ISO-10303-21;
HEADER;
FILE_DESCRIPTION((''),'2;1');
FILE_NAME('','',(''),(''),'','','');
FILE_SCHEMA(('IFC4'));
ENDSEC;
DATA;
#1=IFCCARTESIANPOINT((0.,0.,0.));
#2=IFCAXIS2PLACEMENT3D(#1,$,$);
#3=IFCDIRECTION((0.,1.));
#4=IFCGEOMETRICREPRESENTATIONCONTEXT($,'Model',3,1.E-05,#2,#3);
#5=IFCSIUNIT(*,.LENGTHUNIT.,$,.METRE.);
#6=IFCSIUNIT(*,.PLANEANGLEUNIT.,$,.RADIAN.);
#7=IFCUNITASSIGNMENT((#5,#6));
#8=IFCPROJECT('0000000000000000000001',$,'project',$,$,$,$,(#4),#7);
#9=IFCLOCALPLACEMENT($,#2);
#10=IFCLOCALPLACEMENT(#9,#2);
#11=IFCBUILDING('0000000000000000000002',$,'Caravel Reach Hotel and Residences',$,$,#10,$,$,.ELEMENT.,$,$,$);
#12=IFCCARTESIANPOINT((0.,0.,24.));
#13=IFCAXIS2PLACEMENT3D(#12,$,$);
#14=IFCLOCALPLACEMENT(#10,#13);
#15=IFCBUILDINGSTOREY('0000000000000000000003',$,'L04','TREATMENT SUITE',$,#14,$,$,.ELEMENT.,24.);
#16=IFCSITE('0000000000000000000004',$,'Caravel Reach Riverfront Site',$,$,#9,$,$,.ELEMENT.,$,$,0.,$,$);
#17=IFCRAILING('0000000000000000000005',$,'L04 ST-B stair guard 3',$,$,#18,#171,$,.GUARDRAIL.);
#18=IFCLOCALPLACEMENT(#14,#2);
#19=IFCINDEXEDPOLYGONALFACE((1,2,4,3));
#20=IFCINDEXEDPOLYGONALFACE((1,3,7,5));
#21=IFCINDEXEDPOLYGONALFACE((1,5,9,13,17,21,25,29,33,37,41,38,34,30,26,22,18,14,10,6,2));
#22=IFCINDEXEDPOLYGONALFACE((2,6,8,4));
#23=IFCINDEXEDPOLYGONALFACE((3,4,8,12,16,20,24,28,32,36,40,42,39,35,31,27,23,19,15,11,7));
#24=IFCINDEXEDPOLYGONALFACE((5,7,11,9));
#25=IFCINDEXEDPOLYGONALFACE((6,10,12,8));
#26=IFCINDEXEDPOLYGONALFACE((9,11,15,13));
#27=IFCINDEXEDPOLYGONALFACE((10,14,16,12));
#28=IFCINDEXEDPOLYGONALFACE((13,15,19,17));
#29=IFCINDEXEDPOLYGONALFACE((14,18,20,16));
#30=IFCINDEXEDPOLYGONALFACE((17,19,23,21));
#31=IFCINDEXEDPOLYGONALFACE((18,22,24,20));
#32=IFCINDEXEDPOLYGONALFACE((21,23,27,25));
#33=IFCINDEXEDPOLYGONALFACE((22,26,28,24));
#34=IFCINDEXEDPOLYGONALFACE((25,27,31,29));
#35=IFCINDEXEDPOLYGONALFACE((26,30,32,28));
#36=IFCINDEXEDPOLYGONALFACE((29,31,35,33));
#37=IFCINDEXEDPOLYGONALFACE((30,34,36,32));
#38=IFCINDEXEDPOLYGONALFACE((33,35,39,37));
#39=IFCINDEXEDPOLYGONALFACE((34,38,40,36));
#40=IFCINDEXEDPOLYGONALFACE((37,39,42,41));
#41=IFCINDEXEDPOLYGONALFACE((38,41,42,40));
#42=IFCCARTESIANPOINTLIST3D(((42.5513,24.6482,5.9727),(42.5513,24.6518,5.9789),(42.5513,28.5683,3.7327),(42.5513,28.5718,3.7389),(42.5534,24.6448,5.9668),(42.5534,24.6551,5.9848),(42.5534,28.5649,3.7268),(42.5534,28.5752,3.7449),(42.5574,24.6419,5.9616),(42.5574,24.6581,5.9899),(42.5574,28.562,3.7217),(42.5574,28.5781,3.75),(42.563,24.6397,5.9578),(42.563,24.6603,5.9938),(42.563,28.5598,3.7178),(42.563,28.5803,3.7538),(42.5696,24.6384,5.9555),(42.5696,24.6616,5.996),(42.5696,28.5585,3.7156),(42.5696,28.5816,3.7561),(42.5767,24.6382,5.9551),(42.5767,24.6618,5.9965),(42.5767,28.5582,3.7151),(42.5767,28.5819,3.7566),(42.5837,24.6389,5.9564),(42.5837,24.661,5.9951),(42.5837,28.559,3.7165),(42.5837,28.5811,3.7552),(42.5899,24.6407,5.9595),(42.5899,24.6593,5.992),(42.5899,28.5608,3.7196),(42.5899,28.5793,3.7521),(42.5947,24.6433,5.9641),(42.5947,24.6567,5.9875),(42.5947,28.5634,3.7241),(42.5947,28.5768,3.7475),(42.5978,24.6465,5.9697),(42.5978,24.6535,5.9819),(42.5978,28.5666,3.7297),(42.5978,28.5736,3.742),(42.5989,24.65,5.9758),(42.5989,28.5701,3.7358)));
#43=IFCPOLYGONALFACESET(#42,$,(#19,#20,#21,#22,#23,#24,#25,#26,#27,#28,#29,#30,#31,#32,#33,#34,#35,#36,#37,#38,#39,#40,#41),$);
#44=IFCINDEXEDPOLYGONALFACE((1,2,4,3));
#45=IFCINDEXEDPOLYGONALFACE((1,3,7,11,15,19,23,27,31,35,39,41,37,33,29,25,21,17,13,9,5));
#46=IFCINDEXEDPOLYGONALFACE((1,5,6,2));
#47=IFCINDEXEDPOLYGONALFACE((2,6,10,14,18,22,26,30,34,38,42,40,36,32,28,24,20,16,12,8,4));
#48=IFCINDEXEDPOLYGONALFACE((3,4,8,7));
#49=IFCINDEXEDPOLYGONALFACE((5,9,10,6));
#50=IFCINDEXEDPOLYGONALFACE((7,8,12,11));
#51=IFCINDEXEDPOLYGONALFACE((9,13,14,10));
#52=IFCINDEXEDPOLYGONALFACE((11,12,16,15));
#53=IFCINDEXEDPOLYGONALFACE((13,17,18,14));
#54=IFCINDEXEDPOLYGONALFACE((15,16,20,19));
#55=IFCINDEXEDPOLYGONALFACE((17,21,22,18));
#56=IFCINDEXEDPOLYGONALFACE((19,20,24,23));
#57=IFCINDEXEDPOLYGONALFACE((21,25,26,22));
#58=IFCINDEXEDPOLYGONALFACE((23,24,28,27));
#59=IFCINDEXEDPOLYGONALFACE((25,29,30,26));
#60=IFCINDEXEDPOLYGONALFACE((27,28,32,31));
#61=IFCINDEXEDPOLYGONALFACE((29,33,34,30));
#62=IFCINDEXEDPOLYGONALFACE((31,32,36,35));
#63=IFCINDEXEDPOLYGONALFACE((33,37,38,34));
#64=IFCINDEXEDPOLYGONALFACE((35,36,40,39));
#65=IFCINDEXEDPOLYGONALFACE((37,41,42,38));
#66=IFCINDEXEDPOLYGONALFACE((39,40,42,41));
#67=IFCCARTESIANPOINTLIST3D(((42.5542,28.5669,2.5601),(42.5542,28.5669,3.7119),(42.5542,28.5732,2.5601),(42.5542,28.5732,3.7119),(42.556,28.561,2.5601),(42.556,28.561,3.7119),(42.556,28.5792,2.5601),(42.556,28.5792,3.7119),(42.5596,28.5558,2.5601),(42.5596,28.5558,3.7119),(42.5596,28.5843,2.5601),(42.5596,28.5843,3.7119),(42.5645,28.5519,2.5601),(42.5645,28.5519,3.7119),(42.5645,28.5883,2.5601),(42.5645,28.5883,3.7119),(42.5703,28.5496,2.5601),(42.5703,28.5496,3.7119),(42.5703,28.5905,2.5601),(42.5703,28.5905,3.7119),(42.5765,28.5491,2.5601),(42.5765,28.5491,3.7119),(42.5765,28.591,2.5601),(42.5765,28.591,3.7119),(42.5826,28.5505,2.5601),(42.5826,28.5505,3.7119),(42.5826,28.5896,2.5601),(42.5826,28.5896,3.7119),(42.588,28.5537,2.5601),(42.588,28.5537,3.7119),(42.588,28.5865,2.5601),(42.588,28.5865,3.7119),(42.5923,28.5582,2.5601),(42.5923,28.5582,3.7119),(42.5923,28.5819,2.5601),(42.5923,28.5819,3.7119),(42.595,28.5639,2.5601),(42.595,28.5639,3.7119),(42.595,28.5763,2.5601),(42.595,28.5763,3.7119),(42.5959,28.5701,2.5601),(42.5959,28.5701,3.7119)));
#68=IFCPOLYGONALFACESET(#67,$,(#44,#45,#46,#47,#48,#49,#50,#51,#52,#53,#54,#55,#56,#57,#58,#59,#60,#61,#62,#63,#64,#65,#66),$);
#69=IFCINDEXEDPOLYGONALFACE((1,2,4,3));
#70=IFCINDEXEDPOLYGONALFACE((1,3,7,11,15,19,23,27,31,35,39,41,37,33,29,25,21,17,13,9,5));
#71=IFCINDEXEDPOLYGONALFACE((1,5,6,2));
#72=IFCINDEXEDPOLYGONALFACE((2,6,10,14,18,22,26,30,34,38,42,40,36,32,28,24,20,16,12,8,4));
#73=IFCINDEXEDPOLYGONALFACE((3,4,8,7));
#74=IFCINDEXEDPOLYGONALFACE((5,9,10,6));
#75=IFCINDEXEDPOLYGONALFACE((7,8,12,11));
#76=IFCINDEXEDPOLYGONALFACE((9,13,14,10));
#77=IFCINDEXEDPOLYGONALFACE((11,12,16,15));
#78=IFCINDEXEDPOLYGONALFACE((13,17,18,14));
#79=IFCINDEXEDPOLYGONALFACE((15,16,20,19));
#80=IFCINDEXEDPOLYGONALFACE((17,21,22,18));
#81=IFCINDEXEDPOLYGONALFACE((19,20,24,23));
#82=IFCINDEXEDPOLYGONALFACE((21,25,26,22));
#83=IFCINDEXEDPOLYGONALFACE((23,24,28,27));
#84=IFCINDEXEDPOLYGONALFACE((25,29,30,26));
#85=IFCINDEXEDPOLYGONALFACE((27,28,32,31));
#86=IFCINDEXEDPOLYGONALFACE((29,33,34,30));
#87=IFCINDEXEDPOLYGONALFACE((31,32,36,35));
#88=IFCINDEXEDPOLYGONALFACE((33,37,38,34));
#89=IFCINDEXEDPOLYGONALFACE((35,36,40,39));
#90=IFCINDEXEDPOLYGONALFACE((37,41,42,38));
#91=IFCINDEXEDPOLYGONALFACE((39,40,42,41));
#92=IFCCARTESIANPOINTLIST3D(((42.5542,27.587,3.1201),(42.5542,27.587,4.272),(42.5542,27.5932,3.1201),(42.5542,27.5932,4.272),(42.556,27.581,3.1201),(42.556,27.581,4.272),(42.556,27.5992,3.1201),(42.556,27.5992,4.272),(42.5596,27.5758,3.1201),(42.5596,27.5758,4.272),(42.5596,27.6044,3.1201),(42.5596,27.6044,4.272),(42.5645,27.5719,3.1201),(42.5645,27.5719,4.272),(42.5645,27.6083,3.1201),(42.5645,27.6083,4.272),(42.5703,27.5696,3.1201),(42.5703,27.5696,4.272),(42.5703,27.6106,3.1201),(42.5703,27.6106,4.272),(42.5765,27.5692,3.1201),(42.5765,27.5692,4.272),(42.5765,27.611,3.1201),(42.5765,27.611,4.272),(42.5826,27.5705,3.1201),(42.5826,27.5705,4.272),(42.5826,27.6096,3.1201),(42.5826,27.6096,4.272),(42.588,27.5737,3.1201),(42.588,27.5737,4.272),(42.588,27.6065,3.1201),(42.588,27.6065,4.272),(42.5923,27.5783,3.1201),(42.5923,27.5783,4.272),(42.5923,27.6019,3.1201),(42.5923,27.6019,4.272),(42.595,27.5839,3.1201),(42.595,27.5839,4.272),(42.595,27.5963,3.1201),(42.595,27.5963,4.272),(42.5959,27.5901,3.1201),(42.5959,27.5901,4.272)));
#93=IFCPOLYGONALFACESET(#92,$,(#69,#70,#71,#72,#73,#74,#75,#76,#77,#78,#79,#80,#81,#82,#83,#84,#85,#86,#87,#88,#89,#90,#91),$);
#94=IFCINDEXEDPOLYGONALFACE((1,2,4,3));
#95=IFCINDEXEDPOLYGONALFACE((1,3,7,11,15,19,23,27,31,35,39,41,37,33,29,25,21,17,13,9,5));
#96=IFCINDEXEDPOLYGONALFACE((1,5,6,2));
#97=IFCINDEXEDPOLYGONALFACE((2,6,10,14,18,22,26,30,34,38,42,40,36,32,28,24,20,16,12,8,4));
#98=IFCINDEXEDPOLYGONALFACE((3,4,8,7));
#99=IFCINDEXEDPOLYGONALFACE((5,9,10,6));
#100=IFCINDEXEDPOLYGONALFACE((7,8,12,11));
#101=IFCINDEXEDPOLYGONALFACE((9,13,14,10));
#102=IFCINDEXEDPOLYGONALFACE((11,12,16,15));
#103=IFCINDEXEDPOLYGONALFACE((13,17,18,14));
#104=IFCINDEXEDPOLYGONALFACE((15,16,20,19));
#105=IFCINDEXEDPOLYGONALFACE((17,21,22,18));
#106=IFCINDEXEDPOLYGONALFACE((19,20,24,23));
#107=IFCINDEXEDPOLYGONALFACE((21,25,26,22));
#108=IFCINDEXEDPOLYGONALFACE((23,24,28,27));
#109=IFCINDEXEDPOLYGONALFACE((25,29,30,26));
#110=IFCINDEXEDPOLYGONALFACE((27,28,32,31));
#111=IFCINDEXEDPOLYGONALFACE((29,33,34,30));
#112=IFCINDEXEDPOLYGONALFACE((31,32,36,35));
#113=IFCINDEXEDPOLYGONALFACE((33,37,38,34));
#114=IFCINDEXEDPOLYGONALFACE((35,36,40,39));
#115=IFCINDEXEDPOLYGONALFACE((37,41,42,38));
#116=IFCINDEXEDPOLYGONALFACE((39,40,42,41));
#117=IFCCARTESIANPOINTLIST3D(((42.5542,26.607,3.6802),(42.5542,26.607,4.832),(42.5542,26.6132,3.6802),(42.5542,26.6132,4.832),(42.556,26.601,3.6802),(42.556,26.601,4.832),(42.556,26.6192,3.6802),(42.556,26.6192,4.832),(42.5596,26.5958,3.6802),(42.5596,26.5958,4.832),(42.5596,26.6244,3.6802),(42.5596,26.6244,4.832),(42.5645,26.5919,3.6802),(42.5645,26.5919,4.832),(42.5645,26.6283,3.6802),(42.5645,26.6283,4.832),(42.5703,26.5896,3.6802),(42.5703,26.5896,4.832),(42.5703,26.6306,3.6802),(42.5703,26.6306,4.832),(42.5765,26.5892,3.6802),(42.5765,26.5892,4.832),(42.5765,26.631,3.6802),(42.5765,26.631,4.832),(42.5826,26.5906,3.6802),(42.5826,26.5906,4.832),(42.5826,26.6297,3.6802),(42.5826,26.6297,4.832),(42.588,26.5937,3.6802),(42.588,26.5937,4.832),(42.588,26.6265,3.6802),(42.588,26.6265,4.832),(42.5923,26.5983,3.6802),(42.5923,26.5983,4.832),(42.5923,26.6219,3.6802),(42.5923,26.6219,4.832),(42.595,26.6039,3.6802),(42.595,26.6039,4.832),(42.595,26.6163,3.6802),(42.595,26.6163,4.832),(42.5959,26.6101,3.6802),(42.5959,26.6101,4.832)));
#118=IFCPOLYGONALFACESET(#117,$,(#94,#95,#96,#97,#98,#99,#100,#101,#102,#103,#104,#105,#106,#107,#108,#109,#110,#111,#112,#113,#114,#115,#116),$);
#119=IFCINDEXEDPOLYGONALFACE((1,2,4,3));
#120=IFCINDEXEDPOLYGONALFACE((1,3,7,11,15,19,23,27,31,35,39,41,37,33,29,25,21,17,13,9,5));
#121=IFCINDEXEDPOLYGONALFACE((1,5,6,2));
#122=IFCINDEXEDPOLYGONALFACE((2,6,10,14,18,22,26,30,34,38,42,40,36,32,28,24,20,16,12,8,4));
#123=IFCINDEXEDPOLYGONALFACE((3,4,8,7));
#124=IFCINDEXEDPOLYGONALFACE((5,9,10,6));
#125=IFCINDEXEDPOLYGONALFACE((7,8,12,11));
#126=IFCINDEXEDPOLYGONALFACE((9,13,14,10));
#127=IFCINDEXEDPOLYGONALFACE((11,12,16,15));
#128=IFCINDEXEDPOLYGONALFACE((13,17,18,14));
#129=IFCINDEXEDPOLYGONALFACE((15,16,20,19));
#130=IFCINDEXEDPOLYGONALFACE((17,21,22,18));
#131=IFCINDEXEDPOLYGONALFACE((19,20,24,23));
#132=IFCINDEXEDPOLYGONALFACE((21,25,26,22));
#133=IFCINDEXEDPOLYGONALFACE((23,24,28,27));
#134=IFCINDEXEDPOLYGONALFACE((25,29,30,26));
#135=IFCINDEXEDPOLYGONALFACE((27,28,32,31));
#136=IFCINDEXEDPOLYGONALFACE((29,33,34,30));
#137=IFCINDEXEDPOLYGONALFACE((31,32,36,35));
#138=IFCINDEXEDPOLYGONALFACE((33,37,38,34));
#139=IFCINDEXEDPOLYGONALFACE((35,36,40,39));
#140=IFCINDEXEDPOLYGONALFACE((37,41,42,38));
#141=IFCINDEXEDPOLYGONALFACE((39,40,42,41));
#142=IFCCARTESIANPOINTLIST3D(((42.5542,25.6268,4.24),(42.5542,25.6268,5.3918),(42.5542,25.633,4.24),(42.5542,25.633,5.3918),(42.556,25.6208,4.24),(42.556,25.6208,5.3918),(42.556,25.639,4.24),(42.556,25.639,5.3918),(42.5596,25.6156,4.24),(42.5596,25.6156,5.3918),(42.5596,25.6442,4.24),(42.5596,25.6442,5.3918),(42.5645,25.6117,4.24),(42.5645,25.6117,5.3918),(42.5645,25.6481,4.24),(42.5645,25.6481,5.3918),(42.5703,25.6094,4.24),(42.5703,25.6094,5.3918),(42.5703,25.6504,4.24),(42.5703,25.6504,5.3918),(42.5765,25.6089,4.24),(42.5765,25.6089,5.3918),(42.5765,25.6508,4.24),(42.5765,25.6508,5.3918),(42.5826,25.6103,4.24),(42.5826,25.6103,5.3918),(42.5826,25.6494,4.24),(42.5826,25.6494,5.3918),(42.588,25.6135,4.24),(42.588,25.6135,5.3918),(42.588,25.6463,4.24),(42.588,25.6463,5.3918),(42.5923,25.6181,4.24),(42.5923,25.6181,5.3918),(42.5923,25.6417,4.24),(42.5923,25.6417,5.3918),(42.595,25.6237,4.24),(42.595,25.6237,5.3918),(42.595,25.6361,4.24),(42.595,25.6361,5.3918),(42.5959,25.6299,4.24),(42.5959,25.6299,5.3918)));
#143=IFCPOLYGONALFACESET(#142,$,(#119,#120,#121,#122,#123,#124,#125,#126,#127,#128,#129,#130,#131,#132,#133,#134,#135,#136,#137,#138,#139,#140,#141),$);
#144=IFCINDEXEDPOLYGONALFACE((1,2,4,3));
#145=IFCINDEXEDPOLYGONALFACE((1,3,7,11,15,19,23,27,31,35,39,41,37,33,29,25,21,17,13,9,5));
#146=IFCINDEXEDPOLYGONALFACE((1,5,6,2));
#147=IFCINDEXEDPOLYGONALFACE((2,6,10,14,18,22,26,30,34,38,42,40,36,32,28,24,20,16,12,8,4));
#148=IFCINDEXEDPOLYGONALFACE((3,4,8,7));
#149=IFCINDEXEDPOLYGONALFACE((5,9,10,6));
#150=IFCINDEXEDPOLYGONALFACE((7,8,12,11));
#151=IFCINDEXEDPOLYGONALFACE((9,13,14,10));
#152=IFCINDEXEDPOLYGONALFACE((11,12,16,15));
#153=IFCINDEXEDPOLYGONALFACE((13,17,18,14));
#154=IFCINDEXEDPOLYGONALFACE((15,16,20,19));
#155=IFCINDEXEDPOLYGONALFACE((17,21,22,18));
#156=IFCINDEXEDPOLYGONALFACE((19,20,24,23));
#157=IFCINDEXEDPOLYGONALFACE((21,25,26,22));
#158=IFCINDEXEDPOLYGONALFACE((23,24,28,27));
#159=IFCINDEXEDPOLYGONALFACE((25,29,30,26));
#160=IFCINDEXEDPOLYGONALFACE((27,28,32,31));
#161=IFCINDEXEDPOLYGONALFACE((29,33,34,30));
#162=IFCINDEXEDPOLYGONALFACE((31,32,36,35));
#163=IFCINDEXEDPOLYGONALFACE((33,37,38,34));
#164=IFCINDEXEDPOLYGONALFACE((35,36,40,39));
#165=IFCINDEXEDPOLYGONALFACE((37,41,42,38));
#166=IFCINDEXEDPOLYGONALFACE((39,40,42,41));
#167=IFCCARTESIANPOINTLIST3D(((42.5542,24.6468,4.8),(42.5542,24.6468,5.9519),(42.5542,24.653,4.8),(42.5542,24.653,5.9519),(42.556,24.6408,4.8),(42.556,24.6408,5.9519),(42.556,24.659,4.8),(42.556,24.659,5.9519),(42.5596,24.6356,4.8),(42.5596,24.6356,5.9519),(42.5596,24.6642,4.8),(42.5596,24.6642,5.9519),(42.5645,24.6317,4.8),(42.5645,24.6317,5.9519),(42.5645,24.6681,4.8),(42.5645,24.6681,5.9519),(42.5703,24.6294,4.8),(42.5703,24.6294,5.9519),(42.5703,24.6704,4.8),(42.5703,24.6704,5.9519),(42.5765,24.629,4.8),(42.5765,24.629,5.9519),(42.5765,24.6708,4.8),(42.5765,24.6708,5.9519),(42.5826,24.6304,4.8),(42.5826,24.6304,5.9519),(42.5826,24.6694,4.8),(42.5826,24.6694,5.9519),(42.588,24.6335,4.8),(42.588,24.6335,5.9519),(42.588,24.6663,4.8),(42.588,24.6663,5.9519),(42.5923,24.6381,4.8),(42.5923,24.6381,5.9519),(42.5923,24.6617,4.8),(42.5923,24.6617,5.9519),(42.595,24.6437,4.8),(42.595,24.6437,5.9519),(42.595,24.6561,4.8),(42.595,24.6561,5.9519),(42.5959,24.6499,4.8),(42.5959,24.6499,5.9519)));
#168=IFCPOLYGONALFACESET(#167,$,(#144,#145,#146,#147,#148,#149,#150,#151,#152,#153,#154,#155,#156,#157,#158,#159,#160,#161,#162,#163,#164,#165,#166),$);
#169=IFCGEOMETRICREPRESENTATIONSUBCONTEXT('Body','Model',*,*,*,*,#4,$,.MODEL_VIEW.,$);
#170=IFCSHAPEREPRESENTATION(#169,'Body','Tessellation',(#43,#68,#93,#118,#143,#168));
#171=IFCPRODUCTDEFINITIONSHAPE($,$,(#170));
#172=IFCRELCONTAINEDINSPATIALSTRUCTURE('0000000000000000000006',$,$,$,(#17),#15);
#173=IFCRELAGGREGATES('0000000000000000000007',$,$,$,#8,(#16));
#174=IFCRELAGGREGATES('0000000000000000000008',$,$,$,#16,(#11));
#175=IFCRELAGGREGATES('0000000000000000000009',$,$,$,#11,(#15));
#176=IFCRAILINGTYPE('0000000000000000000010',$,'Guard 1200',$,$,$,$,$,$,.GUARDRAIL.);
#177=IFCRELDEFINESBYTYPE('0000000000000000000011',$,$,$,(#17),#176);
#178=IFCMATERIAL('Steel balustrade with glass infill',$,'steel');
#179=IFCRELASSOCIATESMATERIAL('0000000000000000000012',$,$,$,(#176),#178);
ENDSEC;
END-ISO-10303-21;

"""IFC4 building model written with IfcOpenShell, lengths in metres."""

from ifc_helpers import new_model, si_unit, direction, frame, origin, origin_2d, place, context, subcontext, project, spatial, circle, extrude, material, type_object, element, save


model = new_model("IFC4")

# Units and contexts
model_context = context("Model", 3, precision=1e-05, world=origin(), true_north=direction((0.0, 1.0)))
body_context = subcontext(model_context, "Body", "Model", "MODEL_VIEW")
ifc_project = project(units=[si_unit("LENGTHUNIT", "METRE"), si_unit("PLANEANGLEUNIT", "RADIAN")], contexts=[model_context])

# Site, building, storey
site_placement = place(None, origin())
site = spatial("IfcSite", under=ifc_project, at=site_placement, Name="Caravel Reach Riverfront Site", CompositionType="ELEMENT", RefElevation=0.0)
building_placement = place(site_placement, origin())
building = spatial("IfcBuilding", under=site, at=building_placement, Name="Caravel Reach Hotel and Residences", CompositionType="ELEMENT")
storey_placement = place(building_placement, frame((0.0, 0.0, 24.0)))
storey = spatial("IfcBuildingStorey", under=building, at=storey_placement, Name="L04", Description="TREATMENT SUITE", CompositionType="ELEMENT", Elevation=24.0)

# Railing
ifc_material_1 = material(Name="Steel balustrade with glass infill", Category="steel")
railing_type_1 = type_object("IfcRailingType", Name="Guard 1200", PredefinedType="GUARDRAIL", material=ifc_material_1)
railing_1_placement = place(storey_placement, frame((42.575, 28.5701, 2.5601)))
element("IfcRailing", 1, at=railing_1_placement, inside=storey, type_object=railing_type_1, Name="L04 ST-B stair guard 3", PredefinedType="GUARDRAIL", context=body_context, shape_type="SweptSolid", body=[
    extrude(circle(Radius=0.0239, at=origin_2d()), frame((0.0, 0.0, 1.1758), z_axis=(0.0, -0.868253, 0.496121), x_axis=(1.0, 0.0, 0.0)), (0.0, 0.0, 1.0), 4.5149),
    extrude(circle(Radius=0.021, at=origin_2d()), origin(), (0.0, 0.0, 1.0), 1.1519),
    extrude(circle(Radius=0.021, at=origin_2d()), frame((0.0, -0.98, 0.5601)), (0.0, 0.0, 1.0), 1.1519),
    extrude(circle(Radius=0.021, at=origin_2d()), frame((0.0, -1.96, 1.1201)), (0.0, 0.0, 1.0), 1.1519),
    extrude(circle(Radius=0.021, at=origin_2d()), frame((0.0, -2.9402, 1.6799)), (0.0, 0.0, 1.0), 1.1519),
    extrude(circle(Radius=0.021, at=origin_2d()), frame((0.0, -3.9202, 2.24)), (0.0, 0.0, 1.0), 1.1519),
])

save(model, "model.ifc")
